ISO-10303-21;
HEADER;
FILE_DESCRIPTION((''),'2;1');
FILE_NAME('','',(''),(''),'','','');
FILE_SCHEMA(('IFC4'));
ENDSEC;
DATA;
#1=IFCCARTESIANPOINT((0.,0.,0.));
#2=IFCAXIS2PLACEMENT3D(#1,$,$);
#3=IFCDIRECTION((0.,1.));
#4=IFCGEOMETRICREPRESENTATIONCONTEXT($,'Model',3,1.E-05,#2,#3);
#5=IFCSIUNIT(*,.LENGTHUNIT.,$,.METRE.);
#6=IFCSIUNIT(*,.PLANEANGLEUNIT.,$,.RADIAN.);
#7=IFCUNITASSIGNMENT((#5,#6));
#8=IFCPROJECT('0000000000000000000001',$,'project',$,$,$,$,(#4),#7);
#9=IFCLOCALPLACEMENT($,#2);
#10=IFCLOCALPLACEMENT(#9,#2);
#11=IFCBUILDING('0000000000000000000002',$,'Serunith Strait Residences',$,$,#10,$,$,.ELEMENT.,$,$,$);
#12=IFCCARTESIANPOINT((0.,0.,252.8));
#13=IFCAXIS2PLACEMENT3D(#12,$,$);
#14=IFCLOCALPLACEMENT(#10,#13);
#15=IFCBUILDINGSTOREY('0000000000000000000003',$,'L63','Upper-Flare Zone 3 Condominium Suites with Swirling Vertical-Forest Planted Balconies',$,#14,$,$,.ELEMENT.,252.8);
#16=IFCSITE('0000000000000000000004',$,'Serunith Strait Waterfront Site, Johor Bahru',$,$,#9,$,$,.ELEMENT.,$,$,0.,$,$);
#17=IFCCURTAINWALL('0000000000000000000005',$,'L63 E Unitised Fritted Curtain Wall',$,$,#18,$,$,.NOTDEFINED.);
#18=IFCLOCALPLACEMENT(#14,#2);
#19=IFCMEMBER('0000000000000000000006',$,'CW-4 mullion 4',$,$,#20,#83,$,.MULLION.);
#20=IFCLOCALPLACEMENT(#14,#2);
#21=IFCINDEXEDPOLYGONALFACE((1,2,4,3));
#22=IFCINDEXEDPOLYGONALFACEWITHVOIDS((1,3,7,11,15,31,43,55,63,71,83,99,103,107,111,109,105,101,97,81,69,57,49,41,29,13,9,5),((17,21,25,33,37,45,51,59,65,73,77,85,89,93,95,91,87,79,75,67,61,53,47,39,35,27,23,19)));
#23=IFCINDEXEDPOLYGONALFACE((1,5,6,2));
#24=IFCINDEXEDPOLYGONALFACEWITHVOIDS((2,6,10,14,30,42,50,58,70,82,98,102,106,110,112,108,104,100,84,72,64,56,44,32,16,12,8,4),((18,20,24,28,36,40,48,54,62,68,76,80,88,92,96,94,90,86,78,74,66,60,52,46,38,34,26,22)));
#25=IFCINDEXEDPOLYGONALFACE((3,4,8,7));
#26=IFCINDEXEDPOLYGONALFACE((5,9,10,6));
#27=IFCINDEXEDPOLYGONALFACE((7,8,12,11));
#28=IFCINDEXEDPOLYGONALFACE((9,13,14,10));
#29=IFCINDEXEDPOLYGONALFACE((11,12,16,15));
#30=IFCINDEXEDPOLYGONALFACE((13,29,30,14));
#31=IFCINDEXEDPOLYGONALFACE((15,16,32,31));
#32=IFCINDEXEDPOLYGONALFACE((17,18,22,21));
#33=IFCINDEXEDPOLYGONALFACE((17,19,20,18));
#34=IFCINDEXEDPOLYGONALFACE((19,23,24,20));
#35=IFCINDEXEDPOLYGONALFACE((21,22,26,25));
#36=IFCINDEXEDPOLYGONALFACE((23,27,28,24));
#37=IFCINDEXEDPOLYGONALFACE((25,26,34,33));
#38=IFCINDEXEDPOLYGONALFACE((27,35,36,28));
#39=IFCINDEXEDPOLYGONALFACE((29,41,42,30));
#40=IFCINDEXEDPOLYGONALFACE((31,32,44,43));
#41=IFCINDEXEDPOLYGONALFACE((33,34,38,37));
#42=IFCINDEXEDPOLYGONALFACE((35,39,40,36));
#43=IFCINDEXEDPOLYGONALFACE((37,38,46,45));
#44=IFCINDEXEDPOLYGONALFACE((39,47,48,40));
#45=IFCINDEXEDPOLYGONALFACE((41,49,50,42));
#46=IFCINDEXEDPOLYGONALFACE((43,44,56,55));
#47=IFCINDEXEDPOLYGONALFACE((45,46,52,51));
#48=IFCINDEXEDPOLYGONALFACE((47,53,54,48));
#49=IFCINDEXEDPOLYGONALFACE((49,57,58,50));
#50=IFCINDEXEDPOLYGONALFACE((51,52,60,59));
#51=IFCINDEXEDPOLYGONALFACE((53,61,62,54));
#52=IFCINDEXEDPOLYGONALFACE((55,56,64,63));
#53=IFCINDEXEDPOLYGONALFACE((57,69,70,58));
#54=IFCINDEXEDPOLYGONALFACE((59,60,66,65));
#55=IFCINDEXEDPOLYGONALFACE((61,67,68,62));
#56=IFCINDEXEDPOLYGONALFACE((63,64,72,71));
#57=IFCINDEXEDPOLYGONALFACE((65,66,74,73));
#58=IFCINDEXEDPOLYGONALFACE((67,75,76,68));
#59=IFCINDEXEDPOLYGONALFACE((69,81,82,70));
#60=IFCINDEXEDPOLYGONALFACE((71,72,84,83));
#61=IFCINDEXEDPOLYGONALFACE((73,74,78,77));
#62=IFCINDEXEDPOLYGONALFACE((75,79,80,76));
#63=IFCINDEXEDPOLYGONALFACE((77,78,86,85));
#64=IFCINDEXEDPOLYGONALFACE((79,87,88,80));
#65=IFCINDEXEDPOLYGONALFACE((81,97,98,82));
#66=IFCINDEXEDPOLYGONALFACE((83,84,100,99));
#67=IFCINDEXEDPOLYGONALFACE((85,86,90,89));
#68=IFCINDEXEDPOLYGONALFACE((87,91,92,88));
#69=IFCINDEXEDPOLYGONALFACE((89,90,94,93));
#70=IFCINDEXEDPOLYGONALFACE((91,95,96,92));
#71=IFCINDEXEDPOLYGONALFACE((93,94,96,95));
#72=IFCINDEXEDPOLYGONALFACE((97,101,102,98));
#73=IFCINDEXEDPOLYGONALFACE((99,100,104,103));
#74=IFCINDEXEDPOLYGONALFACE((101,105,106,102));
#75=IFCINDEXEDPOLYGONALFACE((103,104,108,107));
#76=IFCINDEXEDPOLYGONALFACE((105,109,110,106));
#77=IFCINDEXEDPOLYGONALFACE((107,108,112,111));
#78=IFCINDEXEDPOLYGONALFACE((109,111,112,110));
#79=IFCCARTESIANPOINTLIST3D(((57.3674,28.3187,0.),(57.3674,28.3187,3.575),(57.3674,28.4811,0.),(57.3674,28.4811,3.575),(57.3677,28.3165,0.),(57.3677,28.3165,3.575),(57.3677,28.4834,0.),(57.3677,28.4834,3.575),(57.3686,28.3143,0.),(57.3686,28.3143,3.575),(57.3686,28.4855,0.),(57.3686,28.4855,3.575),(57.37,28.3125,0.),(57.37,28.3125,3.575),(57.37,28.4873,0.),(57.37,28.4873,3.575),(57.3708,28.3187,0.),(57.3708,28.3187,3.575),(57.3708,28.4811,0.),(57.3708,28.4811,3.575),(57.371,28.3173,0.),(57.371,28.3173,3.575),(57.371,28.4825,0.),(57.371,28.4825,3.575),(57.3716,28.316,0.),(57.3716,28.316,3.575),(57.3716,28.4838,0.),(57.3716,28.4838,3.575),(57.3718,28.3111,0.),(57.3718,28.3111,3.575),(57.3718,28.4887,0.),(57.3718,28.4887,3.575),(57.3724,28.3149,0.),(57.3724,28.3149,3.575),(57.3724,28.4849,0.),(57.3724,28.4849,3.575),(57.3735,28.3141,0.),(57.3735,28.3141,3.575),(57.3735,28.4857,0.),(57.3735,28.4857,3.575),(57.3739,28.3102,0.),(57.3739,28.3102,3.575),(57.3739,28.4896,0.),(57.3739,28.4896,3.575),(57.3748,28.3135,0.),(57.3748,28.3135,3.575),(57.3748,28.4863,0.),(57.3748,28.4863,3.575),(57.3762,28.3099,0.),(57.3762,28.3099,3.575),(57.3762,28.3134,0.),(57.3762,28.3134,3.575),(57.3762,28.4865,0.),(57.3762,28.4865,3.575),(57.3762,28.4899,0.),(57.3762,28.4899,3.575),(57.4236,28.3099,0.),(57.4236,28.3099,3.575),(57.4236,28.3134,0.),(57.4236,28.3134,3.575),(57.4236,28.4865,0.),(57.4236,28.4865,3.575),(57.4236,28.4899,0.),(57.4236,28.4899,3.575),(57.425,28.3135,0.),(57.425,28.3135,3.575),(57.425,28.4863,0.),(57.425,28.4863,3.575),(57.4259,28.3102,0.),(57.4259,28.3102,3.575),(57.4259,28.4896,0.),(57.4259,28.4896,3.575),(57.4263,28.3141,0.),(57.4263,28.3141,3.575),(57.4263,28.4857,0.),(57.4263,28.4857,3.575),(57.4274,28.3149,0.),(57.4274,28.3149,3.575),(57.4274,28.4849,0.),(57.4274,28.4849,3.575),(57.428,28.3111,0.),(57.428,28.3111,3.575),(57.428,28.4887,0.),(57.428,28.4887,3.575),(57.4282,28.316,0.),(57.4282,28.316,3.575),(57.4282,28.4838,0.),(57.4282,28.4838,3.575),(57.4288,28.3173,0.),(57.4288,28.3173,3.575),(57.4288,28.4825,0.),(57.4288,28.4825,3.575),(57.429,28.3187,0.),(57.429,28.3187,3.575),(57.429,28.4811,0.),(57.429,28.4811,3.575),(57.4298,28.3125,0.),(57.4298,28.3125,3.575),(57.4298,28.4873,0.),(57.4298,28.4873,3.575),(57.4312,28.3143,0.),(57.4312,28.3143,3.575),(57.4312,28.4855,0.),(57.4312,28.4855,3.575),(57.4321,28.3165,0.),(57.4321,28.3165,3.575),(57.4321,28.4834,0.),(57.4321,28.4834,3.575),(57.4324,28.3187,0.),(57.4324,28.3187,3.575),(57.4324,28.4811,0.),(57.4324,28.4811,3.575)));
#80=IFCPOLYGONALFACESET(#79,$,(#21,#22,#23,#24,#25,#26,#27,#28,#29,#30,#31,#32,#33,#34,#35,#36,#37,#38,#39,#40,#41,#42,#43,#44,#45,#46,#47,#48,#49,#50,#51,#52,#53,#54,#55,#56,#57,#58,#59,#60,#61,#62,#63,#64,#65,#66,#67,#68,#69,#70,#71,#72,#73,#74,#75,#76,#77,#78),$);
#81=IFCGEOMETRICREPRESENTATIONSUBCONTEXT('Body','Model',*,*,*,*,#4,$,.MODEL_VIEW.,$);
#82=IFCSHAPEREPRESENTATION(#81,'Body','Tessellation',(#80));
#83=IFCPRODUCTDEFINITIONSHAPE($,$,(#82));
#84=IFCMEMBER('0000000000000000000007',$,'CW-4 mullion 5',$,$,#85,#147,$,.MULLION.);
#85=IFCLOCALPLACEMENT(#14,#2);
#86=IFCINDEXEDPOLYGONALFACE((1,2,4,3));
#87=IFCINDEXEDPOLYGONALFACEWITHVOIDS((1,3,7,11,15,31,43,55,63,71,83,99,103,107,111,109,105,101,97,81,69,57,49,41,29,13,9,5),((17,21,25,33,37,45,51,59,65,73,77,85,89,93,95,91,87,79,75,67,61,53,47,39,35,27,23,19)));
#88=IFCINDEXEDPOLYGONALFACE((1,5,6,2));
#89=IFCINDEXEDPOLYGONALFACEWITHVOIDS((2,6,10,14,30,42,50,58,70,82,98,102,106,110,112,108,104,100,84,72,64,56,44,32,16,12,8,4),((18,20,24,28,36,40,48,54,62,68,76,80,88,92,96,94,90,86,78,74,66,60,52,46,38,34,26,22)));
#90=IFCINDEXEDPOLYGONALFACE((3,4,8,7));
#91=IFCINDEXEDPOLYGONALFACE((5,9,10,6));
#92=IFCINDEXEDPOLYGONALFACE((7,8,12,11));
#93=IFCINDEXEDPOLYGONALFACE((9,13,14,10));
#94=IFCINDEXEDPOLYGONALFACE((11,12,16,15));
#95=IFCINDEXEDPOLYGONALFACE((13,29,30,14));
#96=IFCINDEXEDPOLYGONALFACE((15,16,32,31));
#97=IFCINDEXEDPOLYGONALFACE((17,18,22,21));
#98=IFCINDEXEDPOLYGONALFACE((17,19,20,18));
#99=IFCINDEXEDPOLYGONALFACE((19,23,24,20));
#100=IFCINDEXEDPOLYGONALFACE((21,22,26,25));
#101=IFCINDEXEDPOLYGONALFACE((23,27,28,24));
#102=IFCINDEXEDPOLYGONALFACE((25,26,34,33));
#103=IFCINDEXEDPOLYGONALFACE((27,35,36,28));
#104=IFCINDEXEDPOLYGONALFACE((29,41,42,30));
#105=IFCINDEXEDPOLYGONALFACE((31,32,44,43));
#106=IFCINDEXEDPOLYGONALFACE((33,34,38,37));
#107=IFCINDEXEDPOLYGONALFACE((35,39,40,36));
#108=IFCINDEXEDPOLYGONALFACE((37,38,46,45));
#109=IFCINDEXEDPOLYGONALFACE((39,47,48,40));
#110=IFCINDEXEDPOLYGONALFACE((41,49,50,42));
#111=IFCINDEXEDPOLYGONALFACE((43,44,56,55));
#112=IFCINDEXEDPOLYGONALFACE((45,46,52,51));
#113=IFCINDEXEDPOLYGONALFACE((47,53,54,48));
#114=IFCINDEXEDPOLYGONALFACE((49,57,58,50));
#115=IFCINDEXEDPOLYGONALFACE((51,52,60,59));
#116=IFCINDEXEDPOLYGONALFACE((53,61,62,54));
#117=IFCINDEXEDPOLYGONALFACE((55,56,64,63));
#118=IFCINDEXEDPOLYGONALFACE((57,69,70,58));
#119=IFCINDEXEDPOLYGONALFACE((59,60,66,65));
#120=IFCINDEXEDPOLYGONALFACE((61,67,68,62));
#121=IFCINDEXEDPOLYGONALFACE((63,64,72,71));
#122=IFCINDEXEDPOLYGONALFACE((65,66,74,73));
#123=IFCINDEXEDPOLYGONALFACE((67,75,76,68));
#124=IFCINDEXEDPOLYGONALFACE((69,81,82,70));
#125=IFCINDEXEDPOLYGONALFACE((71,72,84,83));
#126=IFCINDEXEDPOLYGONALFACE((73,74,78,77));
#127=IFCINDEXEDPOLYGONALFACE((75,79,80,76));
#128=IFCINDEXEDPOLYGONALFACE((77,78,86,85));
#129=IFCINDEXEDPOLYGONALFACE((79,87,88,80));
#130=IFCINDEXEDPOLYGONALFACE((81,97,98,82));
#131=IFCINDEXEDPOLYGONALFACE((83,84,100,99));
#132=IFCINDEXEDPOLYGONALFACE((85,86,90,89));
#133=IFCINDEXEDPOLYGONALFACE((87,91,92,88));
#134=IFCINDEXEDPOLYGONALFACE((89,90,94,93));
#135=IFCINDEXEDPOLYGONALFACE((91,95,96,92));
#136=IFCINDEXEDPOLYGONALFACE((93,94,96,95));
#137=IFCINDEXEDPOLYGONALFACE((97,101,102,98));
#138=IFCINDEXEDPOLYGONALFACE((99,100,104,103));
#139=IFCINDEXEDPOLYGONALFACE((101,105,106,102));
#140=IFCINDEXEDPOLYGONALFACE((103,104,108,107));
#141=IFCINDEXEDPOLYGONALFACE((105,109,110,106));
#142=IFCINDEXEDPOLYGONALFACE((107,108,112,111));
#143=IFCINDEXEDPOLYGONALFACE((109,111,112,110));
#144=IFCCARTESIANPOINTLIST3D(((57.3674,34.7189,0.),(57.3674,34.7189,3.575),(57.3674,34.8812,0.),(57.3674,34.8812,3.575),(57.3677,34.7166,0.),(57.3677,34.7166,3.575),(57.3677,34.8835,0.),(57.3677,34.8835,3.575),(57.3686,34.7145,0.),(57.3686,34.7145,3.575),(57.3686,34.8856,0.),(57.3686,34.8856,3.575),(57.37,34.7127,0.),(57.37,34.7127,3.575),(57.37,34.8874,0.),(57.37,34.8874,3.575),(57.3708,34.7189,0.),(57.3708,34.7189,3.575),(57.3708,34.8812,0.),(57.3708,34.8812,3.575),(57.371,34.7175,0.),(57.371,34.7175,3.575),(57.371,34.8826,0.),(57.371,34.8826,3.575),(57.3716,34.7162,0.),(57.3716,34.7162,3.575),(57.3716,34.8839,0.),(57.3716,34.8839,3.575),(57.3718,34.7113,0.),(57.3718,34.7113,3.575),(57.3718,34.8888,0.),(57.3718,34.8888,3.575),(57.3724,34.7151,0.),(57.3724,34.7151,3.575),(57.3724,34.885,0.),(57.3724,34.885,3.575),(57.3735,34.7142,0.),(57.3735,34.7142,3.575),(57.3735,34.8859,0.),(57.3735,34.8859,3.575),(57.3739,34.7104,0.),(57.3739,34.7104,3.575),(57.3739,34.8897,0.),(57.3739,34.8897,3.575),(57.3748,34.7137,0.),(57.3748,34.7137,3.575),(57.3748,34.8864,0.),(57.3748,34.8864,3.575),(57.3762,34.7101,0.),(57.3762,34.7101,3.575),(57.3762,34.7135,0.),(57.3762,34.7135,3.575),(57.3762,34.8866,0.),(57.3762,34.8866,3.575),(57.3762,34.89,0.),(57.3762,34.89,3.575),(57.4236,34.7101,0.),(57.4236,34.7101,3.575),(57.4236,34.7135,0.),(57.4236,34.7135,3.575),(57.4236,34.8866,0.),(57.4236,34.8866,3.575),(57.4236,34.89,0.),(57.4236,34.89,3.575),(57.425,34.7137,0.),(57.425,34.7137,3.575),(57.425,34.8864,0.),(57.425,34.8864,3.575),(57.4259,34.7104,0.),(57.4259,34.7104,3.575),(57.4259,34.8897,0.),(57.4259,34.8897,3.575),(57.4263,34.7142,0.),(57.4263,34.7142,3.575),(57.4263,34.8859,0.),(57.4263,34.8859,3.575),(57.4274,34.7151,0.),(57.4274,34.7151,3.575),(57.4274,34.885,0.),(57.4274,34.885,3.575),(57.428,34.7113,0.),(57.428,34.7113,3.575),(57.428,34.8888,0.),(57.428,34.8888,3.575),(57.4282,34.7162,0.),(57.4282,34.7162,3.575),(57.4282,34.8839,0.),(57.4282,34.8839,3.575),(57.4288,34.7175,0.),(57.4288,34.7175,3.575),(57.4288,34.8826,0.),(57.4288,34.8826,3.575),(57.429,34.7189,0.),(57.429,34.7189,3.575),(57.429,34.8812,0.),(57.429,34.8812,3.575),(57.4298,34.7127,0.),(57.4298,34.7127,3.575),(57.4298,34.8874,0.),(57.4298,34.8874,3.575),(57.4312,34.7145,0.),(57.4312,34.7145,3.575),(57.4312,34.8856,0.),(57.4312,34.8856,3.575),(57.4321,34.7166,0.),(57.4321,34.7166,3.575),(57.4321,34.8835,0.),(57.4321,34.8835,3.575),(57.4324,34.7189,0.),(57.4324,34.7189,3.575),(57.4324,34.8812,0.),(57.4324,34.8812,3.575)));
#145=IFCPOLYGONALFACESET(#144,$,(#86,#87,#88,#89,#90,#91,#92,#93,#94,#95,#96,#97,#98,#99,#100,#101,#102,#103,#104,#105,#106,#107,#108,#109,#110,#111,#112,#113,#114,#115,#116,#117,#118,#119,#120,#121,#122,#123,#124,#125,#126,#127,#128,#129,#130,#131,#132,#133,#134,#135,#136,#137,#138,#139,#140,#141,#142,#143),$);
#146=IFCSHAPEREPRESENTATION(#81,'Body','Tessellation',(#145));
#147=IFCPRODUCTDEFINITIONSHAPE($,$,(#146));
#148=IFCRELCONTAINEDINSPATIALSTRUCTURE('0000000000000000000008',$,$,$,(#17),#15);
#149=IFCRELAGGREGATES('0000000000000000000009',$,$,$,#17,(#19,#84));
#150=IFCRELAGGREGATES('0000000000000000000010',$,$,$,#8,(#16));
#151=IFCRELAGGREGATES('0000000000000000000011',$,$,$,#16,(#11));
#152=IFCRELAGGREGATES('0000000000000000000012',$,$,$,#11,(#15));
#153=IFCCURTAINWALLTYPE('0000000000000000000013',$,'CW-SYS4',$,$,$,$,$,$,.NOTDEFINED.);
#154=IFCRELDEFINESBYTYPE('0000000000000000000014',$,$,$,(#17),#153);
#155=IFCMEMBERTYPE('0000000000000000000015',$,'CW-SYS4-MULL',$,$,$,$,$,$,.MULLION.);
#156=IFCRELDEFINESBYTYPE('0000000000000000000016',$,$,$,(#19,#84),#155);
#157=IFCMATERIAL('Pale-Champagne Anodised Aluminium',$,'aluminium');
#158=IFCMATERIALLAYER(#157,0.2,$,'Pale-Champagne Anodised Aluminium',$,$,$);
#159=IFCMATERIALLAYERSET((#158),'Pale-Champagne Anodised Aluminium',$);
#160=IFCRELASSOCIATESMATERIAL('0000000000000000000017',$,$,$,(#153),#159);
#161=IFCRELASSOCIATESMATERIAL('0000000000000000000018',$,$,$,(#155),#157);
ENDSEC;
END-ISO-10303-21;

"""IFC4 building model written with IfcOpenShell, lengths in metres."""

from ifc_helpers import new_model, si_unit, direction, frame, origin, origin_2d, place, context, subcontext, project, spatial, hollow_rectangle, extrude, source, transform, mapped, material, layer, layer_set, material_profile, profile_set, type_object, element, aggregate, save


model = new_model("IFC4")

# Units and contexts
model_context = context("Model", 3, precision=1e-05, world=origin(), true_north=direction((0.0, 1.0)))
body_context = subcontext(model_context, "Body", "Model", "MODEL_VIEW")
ifc_project = project(units=[si_unit("LENGTHUNIT", "METRE"), si_unit("PLANEANGLEUNIT", "RADIAN")], contexts=[model_context])

# Site, building, storey
site_placement = place(None, origin())
site = spatial("IfcSite", under=ifc_project, at=site_placement, Name="Serunith Strait Waterfront Site, Johor Bahru", CompositionType="ELEMENT", RefElevation=0.0)
building_placement = place(site_placement, origin())
building = spatial("IfcBuilding", under=site, at=building_placement, Name="Serunith Strait Residences", CompositionType="ELEMENT")
storey_placement = place(building_placement, frame((0.0, 0.0, 252.8)))
storey = spatial("IfcBuildingStorey", under=building, at=storey_placement, Name="L63", Description="Upper-Flare Zone 3 Condominium Suites with Swirling Vertical-Forest Planted Balconies", CompositionType="ELEMENT", Elevation=252.8)

# Curtain wall, members
ifc_material_1 = material(Name="Pale-Champagne Anodised Aluminium", Category="aluminium")
ifc_layer_1 = layer(ifc_material_1, 0.2, Name="Pale-Champagne Anodised Aluminium")
ifc_layer_set_1 = layer_set([ifc_layer_1], Name="Pale-Champagne Anodised Aluminium")
curtain_wall_type = type_object("IfcCurtainWallType", Name="CW-SYS4", PredefinedType="NOTDEFINED", material=ifc_layer_set_1)
curtain_wall_placement = place(storey_placement, origin())
curtain_wall = element("IfcCurtainWall", 1, at=curtain_wall_placement, inside=storey, type_object=curtain_wall_type, Name="L63 E Unitised Fritted Curtain Wall", PredefinedType="NOTDEFINED")
ifc_material_profile_1 = material_profile(ifc_material_1, hollow_rectangle(XDim=0.0649, YDim=0.1799, WallThickness=0.0034, InnerFilletRadius=0.0054, OuterFilletRadius=0.0088, at=origin_2d()), Name="ALU 180x65x3.5")
ifc_profile_set_1 = profile_set([ifc_material_profile_1], Name="Pale-Champagne Anodised Aluminium")
member_type_1 = type_object("IfcMemberType", Name="CW-SYS4-MULL", PredefinedType="MULLION", material=ifc_profile_set_1)
shared_shape_1 = source(origin(), body_context, "Body", "SweptSolid", [
    extrude(hollow_rectangle(XDim=0.0649, YDim=0.1799, WallThickness=0.0034, InnerFilletRadius=0.0054, OuterFilletRadius=0.0088, at=origin_2d()), origin(), (0.0, 0.0, 1.0), 3.575),
])
member_1_placement = place(storey_placement, frame((57.3999, 28.3999, 0.0), z_axis=(0.0, 0.0, 1.0), x_axis=(-1.0, 0.0, 0.0)))
member_1 = element("IfcMember", 2, at=member_1_placement, type_object=member_type_1, Name="CW-4 mullion 4", PredefinedType="MULLION", context=body_context, shape_type="MappedRepresentation", body=[
    mapped(shared_shape_1, transform((0.0, 0.0, 0.0), scale=1.0)),
])
member_2_placement = place(storey_placement, frame((57.3999, 34.8, 0.0), z_axis=(0.0, 0.0, 1.0), x_axis=(-1.0, 0.0, 0.0)))
member_2 = element("IfcMember", 3, at=member_2_placement, type_object=member_type_1, Name="CW-4 mullion 5", PredefinedType="MULLION", context=body_context, shape_type="MappedRepresentation", body=[
    mapped(shared_shape_1, transform((0.0, 0.0, 0.0), scale=1.0)),
])
aggregate(curtain_wall, [member_1, member_2])

save(model, "model.ifc")
